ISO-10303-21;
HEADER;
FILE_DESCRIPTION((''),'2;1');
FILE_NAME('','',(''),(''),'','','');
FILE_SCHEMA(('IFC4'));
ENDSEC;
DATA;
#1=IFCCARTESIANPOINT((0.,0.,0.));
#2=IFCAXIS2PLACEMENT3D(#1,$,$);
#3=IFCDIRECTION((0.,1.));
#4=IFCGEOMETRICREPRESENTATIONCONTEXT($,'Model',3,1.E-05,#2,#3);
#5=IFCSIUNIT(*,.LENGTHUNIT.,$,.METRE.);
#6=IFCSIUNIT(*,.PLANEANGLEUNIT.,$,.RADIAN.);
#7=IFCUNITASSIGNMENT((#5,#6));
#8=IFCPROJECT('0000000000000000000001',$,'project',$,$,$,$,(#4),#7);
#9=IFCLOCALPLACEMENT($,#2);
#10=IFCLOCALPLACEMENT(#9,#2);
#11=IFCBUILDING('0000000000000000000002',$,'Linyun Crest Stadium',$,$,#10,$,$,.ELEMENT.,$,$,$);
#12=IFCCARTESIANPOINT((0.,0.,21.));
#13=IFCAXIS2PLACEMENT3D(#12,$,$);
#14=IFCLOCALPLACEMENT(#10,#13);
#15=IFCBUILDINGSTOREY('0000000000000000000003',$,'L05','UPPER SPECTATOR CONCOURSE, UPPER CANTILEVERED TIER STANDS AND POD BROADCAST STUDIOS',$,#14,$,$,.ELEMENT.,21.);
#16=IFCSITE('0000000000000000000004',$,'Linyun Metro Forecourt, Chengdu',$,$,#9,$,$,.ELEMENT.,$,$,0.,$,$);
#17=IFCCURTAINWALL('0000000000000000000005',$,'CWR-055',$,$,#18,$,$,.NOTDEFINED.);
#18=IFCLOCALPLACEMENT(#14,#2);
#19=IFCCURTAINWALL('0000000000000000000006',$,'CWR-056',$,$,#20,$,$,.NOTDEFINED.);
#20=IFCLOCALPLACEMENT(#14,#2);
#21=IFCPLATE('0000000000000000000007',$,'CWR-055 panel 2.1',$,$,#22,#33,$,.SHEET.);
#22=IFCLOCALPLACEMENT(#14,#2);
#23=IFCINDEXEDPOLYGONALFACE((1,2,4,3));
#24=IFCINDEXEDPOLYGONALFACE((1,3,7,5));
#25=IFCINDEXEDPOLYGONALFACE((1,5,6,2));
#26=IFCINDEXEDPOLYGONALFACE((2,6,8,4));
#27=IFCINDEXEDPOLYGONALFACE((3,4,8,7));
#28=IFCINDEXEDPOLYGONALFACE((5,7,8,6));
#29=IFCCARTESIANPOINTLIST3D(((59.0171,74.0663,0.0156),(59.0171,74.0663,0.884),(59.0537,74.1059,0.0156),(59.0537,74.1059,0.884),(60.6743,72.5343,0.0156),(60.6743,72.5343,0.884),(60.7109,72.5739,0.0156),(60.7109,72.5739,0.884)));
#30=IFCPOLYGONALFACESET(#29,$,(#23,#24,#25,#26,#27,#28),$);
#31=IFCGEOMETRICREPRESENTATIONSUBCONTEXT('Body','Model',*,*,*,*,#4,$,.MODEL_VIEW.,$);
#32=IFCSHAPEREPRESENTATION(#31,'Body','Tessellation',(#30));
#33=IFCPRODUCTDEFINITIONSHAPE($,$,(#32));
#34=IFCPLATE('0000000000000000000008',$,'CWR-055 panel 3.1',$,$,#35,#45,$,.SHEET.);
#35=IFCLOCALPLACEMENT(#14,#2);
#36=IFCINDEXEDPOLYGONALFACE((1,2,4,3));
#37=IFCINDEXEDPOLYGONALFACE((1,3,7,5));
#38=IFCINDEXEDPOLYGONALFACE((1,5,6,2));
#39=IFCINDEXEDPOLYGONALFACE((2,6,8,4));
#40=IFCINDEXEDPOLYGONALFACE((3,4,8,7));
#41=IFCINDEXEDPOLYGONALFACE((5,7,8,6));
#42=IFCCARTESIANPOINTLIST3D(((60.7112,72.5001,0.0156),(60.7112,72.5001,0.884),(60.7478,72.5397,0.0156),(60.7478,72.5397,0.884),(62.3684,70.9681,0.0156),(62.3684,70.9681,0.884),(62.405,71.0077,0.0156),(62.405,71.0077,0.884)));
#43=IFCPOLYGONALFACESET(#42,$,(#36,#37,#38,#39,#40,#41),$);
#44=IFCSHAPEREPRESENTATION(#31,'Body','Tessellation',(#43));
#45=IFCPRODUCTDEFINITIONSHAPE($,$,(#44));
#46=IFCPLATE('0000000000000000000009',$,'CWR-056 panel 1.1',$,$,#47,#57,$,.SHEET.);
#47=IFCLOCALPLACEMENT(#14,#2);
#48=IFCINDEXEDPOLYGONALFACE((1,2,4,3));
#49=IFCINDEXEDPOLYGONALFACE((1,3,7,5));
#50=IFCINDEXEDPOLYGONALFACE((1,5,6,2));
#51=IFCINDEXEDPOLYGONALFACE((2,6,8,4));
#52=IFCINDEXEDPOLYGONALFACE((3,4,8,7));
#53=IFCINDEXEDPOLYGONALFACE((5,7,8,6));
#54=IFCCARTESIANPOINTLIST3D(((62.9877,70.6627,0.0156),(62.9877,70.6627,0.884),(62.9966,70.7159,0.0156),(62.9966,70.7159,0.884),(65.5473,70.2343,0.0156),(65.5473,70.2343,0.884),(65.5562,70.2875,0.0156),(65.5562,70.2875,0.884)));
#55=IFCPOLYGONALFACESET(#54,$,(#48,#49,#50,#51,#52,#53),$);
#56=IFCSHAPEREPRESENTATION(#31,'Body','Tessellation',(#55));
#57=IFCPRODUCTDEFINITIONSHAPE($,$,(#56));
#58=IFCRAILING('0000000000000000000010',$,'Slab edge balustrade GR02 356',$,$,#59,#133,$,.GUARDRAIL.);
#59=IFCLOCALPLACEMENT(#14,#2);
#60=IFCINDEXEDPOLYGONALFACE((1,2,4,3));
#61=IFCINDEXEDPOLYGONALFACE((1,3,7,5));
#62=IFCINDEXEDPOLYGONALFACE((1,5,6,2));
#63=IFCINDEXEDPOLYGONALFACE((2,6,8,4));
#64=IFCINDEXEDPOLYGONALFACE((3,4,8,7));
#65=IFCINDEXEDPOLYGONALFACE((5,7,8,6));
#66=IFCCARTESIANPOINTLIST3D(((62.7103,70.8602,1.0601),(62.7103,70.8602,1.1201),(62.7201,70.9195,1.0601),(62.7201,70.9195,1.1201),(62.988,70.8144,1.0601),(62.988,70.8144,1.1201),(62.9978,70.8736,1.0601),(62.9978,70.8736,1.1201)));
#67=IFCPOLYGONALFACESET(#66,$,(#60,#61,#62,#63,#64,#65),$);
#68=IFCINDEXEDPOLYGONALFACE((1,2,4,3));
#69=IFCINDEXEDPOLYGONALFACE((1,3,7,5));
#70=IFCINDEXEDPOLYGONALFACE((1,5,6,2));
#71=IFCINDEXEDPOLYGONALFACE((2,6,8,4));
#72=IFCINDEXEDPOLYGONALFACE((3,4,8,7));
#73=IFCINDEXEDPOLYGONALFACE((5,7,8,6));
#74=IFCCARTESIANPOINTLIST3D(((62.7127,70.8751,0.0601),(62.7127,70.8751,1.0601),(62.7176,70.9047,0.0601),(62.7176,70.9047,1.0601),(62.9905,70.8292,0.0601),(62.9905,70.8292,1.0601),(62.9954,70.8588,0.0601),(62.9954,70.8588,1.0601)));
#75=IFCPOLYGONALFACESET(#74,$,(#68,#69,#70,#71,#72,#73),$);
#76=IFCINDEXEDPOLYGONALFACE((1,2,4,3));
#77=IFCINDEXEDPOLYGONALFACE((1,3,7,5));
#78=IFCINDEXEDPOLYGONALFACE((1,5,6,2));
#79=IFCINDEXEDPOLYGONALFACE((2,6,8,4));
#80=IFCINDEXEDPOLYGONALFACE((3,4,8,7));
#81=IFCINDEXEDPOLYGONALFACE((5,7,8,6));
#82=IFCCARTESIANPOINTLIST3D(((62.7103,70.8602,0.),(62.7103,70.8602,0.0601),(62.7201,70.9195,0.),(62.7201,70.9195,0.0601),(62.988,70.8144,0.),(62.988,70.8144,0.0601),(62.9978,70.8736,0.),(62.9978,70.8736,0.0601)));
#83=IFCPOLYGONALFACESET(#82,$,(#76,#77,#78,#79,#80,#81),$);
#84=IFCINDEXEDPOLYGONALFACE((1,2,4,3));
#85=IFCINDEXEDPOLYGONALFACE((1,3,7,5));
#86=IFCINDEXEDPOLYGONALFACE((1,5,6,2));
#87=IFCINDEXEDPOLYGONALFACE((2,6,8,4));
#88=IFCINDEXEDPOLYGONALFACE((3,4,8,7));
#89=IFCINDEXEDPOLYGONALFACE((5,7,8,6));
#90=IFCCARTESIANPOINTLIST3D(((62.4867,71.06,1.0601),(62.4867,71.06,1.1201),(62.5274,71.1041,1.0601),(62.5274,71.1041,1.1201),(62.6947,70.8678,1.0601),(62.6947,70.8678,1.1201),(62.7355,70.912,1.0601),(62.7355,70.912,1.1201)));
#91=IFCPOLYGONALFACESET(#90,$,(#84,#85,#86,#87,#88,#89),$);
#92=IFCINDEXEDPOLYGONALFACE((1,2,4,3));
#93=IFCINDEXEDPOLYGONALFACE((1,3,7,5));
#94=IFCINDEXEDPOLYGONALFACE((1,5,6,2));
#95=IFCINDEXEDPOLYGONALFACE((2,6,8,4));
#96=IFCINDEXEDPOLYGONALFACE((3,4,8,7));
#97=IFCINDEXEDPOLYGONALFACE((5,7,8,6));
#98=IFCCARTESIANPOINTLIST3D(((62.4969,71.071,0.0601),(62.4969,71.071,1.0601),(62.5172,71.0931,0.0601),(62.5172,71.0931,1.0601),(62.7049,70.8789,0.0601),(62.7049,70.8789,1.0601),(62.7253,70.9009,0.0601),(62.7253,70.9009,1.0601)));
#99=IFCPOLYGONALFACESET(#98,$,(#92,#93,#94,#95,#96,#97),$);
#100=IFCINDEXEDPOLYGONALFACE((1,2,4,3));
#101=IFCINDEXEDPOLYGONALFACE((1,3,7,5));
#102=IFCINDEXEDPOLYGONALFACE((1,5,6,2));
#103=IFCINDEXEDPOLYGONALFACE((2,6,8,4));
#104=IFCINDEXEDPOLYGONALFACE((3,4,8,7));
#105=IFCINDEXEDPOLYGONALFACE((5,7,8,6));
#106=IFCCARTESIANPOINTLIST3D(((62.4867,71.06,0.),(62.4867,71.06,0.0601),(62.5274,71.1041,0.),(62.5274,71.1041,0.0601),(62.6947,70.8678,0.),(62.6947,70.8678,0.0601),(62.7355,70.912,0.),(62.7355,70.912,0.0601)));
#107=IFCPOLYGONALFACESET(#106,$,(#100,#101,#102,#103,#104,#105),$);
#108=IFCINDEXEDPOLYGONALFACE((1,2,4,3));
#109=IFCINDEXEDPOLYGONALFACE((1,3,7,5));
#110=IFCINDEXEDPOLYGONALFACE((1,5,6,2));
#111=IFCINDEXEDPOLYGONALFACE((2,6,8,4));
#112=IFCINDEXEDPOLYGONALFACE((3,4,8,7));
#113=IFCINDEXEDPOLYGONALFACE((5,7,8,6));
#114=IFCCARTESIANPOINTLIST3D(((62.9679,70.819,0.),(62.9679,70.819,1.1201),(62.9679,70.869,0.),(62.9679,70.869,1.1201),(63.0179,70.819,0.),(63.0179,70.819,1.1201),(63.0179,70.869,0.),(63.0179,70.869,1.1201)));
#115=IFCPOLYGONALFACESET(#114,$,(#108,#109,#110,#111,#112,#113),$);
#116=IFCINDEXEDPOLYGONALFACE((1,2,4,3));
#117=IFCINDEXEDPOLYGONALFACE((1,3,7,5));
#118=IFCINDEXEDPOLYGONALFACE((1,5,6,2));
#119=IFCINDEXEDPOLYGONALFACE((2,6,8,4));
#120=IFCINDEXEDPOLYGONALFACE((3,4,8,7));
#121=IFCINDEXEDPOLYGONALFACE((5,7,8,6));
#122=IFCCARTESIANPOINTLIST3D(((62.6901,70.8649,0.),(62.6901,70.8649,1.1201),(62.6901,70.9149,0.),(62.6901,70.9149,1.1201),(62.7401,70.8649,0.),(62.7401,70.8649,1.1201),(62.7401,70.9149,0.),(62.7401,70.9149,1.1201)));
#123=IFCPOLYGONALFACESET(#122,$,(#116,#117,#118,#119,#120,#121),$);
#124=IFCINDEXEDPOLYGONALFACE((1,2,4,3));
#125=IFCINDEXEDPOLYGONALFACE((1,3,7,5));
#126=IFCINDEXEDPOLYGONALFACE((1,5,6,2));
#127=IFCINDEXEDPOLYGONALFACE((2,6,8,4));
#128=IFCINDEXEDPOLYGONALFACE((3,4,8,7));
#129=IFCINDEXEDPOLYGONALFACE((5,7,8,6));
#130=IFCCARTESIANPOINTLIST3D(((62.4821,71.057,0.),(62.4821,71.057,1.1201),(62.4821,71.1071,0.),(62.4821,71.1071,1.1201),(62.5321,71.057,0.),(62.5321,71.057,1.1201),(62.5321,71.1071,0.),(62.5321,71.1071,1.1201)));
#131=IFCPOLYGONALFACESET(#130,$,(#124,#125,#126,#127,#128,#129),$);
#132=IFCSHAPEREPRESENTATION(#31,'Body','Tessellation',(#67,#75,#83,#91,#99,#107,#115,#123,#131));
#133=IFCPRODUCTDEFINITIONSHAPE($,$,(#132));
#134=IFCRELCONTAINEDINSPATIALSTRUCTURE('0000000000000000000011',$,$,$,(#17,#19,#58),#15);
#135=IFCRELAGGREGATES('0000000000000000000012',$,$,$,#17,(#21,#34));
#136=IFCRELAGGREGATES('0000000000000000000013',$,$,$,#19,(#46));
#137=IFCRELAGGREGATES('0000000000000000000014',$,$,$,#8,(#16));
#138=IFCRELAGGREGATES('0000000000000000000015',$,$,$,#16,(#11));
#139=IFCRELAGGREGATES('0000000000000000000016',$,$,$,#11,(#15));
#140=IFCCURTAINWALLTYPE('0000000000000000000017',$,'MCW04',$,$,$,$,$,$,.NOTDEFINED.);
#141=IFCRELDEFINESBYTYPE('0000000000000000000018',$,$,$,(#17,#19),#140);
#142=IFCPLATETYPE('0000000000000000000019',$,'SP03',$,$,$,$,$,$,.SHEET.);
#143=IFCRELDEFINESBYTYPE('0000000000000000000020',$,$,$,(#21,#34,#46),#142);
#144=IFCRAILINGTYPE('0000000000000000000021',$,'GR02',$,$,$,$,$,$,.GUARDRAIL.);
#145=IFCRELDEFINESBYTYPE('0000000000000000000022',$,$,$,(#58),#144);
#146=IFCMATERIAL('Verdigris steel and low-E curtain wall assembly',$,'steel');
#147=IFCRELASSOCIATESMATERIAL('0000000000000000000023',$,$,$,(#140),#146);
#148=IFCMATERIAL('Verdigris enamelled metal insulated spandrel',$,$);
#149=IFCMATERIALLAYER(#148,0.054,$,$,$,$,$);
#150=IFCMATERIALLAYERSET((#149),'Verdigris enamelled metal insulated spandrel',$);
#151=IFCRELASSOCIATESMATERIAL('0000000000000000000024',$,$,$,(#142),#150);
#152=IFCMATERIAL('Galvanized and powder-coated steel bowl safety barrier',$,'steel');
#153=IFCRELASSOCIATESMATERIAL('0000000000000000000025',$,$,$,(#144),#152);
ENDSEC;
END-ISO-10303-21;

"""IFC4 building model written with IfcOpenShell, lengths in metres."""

from ifc_helpers import new_model, si_unit, direction, frame, origin, origin_2d, place, context, subcontext, project, spatial, rectangle, extrude, material, layer, layer_set, type_object, element, aggregate, save


model = new_model("IFC4")

# Units and contexts
model_context = context("Model", 3, precision=1e-05, world=origin(), true_north=direction((0.0, 1.0)))
body_context = subcontext(model_context, "Body", "Model", "MODEL_VIEW")
ifc_project = project(units=[si_unit("LENGTHUNIT", "METRE"), si_unit("PLANEANGLEUNIT", "RADIAN")], contexts=[model_context])

# Site, building, storey
site_placement = place(None, origin())
site = spatial("IfcSite", under=ifc_project, at=site_placement, Name="Linyun Metro Forecourt, Chengdu", CompositionType="ELEMENT", RefElevation=0.0)
building_placement = place(site_placement, origin())
building = spatial("IfcBuilding", under=site, at=building_placement, Name="Linyun Crest Stadium", CompositionType="ELEMENT")
storey_placement = place(building_placement, frame((0.0, 0.0, 21.0)))
storey = spatial("IfcBuildingStorey", under=building, at=storey_placement, Name="L05", Description="UPPER SPECTATOR CONCOURSE, UPPER CANTILEVERED TIER STANDS AND POD BROADCAST STUDIOS", CompositionType="ELEMENT", Elevation=21.0)

# Curtain walls
ifc_material_1 = material(Name="Verdigris steel and low-E curtain wall assembly", Category="steel")
curtain_wall_type = type_object("IfcCurtainWallType", Name="MCW04", PredefinedType="NOTDEFINED", material=ifc_material_1)
curtain_wall_1_placement = place(storey_placement, origin())
curtain_wall_1 = element("IfcCurtainWall", 1, at=curtain_wall_1_placement, inside=storey, type_object=curtain_wall_type, Name="CWR-055", PredefinedType="NOTDEFINED")
curtain_wall_2_placement = place(storey_placement, origin())
curtain_wall_2 = element("IfcCurtainWall", 2, at=curtain_wall_2_placement, inside=storey, type_object=curtain_wall_type, Name="CWR-056", PredefinedType="NOTDEFINED")

# Plates
ifc_material_2 = material(Name="Verdigris enamelled metal insulated spandrel")
ifc_layer_1 = layer(ifc_material_2, 0.054)
ifc_layer_set_1 = layer_set([ifc_layer_1], Name="Verdigris enamelled metal insulated spandrel")
plate_type_1 = type_object("IfcPlateType", Name="SP03", PredefinedType="SHEET", material=ifc_layer_set_1)
plate_1_placement = place(storey_placement, frame((59.864, 73.3201, 0.0156), z_axis=(0.0, 0.0, 1.0), x_axis=(0.734299, -0.678826, 0.0)))
plate_1 = element("IfcPlate", 3, at=plate_1_placement, type_object=plate_type_1, Name="CWR-055 panel 2.1", PredefinedType="SHEET", context=body_context, shape_type="SweptSolid", body=[
    extrude(rectangle(XDim=2.2568, YDim=0.054, at=origin_2d()), origin(), (0.0, 0.0, 1.0), 0.8684),
])
plate_2_placement = place(storey_placement, frame((61.5581, 71.7539, 0.0156), z_axis=(0.0, 0.0, 1.0), x_axis=(0.734299, -0.678826, 0.0)))
plate_2 = element("IfcPlate", 4, at=plate_2_placement, type_object=plate_type_1, Name="CWR-055 panel 3.1", PredefinedType="SHEET", context=body_context, shape_type="SweptSolid", body=[
    extrude(rectangle(XDim=2.2568, YDim=0.054, at=origin_2d()), origin(), (0.0, 0.0, 1.0), 0.8684),
])
aggregate(curtain_wall_1, [plate_1, plate_2])
plate_3_placement = place(storey_placement, frame((64.272, 70.4751, 0.0156), z_axis=(0.0, 0.0, 1.0), x_axis=(0.986283, -0.165065, 0.0)))
plate_3 = element("IfcPlate", 5, at=plate_3_placement, type_object=plate_type_1, Name="CWR-056 panel 1.1", PredefinedType="SHEET", context=body_context, shape_type="SweptSolid", body=[
    extrude(rectangle(XDim=2.5952, YDim=0.054, at=origin_2d()), origin(), (0.0, 0.0, 1.0), 0.8684),
])
aggregate(curtain_wall_2, [plate_3])

# Railing
ifc_material_3 = material(Name="Galvanized and powder-coated steel bowl safety barrier", Category="steel")
railing_type = type_object("IfcRailingType", Name="GR02", PredefinedType="GUARDRAIL", material=ifc_material_3)
railing_placement = place(storey_placement, frame((62.9929, 70.844, 0.0)))
element("IfcRailing", 6, at=railing_placement, inside=storey, type_object=railing_type, Name="Slab edge balustrade GR02 356", PredefinedType="GUARDRAIL", context=body_context, shape_type="SweptSolid", body=[
    extrude(rectangle(XDim=0.0601, YDim=0.0601, at=origin_2d()), frame((0.0, 0.0, 1.0901), z_axis=(-0.986627, 0.162993, 0.0), x_axis=(-0.162993, -0.986627, 0.0)), (0.0, 0.0, 1.0), 0.2815),
    extrude(rectangle(XDim=0.03, YDim=1.0, at=origin_2d()), frame((0.0, 0.0, 0.5601), z_axis=(-0.986627, 0.162993, 0.0), x_axis=(-0.162993, -0.986627, 0.0)), (0.0, 0.0, 1.0), 0.2815),
    extrude(rectangle(XDim=0.0601, YDim=0.0601, at=origin_2d()), frame((0.0, 0.0, 0.03), z_axis=(-0.986627, 0.162993, 0.0), x_axis=(-0.162993, -0.986627, 0.0)), (0.0, 0.0, 1.0), 0.2815),
    extrude(rectangle(XDim=0.0601, YDim=0.0601, at=origin_2d()), frame((-0.2778, 0.0459, 1.0901), z_axis=(-0.734572, 0.678531, 0.0), x_axis=(-0.678531, -0.734572, 0.0)), (0.0, 0.0, 1.0), 0.2832),
    extrude(rectangle(XDim=0.03, YDim=1.0, at=origin_2d()), frame((-0.2778, 0.0459, 0.5601), z_axis=(-0.734572, 0.678531, 0.0), x_axis=(-0.678531, -0.734572, 0.0)), (0.0, 0.0, 1.0), 0.2832),
    extrude(rectangle(XDim=0.0601, YDim=0.0601, at=origin_2d()), frame((-0.2778, 0.0459, 0.03), z_axis=(-0.734572, 0.678531, 0.0), x_axis=(-0.678531, -0.734572, 0.0)), (0.0, 0.0, 1.0), 0.2832),
    extrude(rectangle(XDim=0.05, YDim=0.05, at=origin_2d()), origin(), (0.0, 0.0, 1.0), 1.1201),
    extrude(rectangle(XDim=0.05, YDim=0.05, at=origin_2d()), frame((-0.2778, 0.0459, 0.0)), (0.0, 0.0, 1.0), 1.1201),
    extrude(rectangle(XDim=0.05, YDim=0.05, at=origin_2d()), frame((-0.4858, 0.238, 0.0)), (0.0, 0.0, 1.0), 1.1201),
])

save(model, "model.ifc")
